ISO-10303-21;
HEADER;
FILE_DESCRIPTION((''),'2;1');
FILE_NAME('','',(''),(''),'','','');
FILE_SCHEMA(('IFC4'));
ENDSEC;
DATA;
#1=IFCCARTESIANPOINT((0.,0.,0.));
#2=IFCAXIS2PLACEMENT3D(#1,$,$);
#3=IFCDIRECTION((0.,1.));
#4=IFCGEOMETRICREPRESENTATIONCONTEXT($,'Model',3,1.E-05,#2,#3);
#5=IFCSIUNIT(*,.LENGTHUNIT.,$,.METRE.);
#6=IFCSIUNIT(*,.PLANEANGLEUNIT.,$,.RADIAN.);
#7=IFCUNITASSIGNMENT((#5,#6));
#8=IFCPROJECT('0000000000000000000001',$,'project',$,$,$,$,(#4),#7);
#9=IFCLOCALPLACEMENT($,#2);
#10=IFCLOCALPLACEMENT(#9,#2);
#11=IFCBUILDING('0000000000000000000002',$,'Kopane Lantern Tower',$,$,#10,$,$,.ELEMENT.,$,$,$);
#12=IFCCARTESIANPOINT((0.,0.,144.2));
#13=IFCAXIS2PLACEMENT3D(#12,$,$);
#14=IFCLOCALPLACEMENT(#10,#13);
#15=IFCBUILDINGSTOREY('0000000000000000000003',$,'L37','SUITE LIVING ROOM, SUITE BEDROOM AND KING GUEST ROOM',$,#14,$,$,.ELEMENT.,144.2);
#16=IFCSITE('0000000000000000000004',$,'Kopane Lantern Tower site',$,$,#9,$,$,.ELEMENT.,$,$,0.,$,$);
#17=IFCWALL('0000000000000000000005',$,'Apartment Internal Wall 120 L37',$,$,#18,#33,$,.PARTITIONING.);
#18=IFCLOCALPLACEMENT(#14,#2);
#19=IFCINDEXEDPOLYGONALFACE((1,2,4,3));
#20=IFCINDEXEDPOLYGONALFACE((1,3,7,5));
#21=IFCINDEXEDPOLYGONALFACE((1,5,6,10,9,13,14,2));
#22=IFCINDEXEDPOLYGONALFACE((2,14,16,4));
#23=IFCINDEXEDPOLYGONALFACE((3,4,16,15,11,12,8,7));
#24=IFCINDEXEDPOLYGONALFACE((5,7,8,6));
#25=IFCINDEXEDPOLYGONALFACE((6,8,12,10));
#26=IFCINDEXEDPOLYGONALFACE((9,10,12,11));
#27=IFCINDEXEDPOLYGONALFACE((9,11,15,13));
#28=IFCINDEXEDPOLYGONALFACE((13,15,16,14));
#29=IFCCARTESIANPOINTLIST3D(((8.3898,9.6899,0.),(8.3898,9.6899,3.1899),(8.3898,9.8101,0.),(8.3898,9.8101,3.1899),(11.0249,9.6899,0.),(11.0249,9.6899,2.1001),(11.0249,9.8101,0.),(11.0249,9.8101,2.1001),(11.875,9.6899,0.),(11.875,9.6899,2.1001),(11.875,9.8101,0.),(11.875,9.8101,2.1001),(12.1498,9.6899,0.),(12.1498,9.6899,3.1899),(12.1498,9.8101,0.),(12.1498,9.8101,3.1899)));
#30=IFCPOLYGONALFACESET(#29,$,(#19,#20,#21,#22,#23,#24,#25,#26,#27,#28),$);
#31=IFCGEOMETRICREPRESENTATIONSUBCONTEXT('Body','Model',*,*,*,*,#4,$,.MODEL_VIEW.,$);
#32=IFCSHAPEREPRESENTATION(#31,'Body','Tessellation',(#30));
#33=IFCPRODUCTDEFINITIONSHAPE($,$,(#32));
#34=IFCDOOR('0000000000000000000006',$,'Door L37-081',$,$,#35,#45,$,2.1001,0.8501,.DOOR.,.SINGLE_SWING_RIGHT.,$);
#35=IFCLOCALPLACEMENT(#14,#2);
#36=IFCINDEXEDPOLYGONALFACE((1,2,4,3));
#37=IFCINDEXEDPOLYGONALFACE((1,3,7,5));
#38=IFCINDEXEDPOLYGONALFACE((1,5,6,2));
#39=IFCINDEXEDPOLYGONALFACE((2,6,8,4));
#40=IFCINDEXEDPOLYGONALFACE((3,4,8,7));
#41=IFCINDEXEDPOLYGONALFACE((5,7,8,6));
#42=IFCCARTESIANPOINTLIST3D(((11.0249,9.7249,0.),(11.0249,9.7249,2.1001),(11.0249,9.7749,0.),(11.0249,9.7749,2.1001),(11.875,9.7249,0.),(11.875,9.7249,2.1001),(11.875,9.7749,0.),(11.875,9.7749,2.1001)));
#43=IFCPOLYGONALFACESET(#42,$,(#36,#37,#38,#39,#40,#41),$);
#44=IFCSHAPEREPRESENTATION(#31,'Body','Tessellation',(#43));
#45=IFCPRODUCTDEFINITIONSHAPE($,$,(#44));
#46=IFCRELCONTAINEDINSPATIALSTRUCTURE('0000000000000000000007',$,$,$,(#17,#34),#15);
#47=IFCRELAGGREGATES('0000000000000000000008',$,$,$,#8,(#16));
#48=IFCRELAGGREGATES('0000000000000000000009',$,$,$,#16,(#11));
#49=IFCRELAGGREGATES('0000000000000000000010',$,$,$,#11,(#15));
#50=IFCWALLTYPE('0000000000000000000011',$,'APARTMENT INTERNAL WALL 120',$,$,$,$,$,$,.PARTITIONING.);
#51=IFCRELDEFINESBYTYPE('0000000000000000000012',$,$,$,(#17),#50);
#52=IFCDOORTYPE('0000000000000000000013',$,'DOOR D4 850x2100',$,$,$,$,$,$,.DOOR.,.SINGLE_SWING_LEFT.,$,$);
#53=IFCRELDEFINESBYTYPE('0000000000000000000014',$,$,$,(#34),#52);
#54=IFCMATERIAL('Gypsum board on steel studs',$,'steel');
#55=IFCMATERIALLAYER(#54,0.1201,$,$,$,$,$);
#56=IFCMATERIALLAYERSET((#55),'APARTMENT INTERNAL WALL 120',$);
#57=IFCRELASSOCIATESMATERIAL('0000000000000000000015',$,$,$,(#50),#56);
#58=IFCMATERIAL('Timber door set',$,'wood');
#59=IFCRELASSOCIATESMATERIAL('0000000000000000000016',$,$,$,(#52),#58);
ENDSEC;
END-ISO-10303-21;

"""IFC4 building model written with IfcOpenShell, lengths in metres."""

from ifc_helpers import new_model, si_unit, direction, frame, frame_2d, origin, place, context, subcontext, project, spatial, rectangle, extrude, material, layer, layer_set, type_object, element, fill, save


model = new_model("IFC4")

# Units and contexts
model_context = context("Model", 3, precision=1e-05, world=origin(), true_north=direction((0.0, 1.0)))
body_context = subcontext(model_context, "Body", "Model", "MODEL_VIEW")
ifc_project = project(units=[si_unit("LENGTHUNIT", "METRE"), si_unit("PLANEANGLEUNIT", "RADIAN")], contexts=[model_context])

# Site, building, storey
site_placement = place(None, origin())
site = spatial("IfcSite", under=ifc_project, at=site_placement, Name="Kopane Lantern Tower site", CompositionType="ELEMENT", RefElevation=0.0)
building_placement = place(site_placement, origin())
building = spatial("IfcBuilding", under=site, at=building_placement, Name="Kopane Lantern Tower", CompositionType="ELEMENT")
storey_placement = place(building_placement, frame((0.0, 0.0, 144.2)))
storey = spatial("IfcBuildingStorey", under=building, at=storey_placement, Name="L37", Description="SUITE LIVING ROOM, SUITE BEDROOM AND KING GUEST ROOM", CompositionType="ELEMENT", Elevation=144.2)

# Shared definitions
ifc_material_1 = material(Name="Gypsum board on steel studs", Category="steel")
ifc_layer = layer(ifc_material_1, 0.1201)
ifc_layer_set = layer_set([ifc_layer], Name="APARTMENT INTERNAL WALL 120")
wall_type = type_object("IfcWallType", Name="APARTMENT INTERNAL WALL 120", PredefinedType="PARTITIONING", material=ifc_layer_set)
ifc_material_2 = material(Name="Timber door set", Category="wood")
door_type = type_object("IfcDoorType", Name="DOOR D4 850x2100", OperationType="SINGLE_SWING_LEFT", PredefinedType="DOOR", material=ifc_material_2)

# Wall, opening, door
wall_1_placement = place(storey_placement, frame((8.3899, 9.75, 0.0), z_axis=(0.0, 0.0, 1.0), x_axis=(1.0, 0.0, 0.0)))
wall_1 = element("IfcWall", 1, at=wall_1_placement, inside=storey, type_object=wall_type, Name="Apartment Internal Wall 120 L37", PredefinedType="PARTITIONING", context=body_context, shape_type="SweptSolid", body=[
    extrude(rectangle(XDim=3.76, YDim=0.1201, at=frame_2d((1.8799, 0.0))), origin(), (0.0, 0.0, 1.0), 3.1899),
])
opening_1_placement = place(wall_1_placement, frame((2.635, 0.0, 0.0)))
opening_1 = element("IfcOpeningElement", 2, at=opening_1_placement, cuts=wall_1, PredefinedType="OPENING", context=body_context, shape_type="SweptSolid", body=[
    extrude(rectangle(XDim=0.8501, YDim=2.1001, at=frame_2d((0.425, 1.05))), frame((0.0, 0.0701, 0.0), z_axis=(0.0, -1.0, 0.0), x_axis=(1.0, 0.0, 0.0)), (0.0, 0.0, 1.0), 0.1401),
])
door_1_placement = place(opening_1_placement, origin())
door_1 = element("IfcDoor", 3, at=door_1_placement, inside=storey, type_object=door_type, Name="Door L37-081", OperationType="SINGLE_SWING_RIGHT", OverallHeight=2.1001, OverallWidth=0.8501, PredefinedType="DOOR", context=body_context, shape_type="SweptSolid", body=[
    extrude(rectangle(XDim=0.8501, YDim=2.1001, at=frame_2d((0.425, 1.05))), frame((0.0, 0.0249, 0.0), z_axis=(0.0, -1.0, 0.0), x_axis=(1.0, 0.0, 0.0)), (0.0, 0.0, 1.0), 0.05),
])
fill(opening_1, door_1)

save(model, "model.ifc")
